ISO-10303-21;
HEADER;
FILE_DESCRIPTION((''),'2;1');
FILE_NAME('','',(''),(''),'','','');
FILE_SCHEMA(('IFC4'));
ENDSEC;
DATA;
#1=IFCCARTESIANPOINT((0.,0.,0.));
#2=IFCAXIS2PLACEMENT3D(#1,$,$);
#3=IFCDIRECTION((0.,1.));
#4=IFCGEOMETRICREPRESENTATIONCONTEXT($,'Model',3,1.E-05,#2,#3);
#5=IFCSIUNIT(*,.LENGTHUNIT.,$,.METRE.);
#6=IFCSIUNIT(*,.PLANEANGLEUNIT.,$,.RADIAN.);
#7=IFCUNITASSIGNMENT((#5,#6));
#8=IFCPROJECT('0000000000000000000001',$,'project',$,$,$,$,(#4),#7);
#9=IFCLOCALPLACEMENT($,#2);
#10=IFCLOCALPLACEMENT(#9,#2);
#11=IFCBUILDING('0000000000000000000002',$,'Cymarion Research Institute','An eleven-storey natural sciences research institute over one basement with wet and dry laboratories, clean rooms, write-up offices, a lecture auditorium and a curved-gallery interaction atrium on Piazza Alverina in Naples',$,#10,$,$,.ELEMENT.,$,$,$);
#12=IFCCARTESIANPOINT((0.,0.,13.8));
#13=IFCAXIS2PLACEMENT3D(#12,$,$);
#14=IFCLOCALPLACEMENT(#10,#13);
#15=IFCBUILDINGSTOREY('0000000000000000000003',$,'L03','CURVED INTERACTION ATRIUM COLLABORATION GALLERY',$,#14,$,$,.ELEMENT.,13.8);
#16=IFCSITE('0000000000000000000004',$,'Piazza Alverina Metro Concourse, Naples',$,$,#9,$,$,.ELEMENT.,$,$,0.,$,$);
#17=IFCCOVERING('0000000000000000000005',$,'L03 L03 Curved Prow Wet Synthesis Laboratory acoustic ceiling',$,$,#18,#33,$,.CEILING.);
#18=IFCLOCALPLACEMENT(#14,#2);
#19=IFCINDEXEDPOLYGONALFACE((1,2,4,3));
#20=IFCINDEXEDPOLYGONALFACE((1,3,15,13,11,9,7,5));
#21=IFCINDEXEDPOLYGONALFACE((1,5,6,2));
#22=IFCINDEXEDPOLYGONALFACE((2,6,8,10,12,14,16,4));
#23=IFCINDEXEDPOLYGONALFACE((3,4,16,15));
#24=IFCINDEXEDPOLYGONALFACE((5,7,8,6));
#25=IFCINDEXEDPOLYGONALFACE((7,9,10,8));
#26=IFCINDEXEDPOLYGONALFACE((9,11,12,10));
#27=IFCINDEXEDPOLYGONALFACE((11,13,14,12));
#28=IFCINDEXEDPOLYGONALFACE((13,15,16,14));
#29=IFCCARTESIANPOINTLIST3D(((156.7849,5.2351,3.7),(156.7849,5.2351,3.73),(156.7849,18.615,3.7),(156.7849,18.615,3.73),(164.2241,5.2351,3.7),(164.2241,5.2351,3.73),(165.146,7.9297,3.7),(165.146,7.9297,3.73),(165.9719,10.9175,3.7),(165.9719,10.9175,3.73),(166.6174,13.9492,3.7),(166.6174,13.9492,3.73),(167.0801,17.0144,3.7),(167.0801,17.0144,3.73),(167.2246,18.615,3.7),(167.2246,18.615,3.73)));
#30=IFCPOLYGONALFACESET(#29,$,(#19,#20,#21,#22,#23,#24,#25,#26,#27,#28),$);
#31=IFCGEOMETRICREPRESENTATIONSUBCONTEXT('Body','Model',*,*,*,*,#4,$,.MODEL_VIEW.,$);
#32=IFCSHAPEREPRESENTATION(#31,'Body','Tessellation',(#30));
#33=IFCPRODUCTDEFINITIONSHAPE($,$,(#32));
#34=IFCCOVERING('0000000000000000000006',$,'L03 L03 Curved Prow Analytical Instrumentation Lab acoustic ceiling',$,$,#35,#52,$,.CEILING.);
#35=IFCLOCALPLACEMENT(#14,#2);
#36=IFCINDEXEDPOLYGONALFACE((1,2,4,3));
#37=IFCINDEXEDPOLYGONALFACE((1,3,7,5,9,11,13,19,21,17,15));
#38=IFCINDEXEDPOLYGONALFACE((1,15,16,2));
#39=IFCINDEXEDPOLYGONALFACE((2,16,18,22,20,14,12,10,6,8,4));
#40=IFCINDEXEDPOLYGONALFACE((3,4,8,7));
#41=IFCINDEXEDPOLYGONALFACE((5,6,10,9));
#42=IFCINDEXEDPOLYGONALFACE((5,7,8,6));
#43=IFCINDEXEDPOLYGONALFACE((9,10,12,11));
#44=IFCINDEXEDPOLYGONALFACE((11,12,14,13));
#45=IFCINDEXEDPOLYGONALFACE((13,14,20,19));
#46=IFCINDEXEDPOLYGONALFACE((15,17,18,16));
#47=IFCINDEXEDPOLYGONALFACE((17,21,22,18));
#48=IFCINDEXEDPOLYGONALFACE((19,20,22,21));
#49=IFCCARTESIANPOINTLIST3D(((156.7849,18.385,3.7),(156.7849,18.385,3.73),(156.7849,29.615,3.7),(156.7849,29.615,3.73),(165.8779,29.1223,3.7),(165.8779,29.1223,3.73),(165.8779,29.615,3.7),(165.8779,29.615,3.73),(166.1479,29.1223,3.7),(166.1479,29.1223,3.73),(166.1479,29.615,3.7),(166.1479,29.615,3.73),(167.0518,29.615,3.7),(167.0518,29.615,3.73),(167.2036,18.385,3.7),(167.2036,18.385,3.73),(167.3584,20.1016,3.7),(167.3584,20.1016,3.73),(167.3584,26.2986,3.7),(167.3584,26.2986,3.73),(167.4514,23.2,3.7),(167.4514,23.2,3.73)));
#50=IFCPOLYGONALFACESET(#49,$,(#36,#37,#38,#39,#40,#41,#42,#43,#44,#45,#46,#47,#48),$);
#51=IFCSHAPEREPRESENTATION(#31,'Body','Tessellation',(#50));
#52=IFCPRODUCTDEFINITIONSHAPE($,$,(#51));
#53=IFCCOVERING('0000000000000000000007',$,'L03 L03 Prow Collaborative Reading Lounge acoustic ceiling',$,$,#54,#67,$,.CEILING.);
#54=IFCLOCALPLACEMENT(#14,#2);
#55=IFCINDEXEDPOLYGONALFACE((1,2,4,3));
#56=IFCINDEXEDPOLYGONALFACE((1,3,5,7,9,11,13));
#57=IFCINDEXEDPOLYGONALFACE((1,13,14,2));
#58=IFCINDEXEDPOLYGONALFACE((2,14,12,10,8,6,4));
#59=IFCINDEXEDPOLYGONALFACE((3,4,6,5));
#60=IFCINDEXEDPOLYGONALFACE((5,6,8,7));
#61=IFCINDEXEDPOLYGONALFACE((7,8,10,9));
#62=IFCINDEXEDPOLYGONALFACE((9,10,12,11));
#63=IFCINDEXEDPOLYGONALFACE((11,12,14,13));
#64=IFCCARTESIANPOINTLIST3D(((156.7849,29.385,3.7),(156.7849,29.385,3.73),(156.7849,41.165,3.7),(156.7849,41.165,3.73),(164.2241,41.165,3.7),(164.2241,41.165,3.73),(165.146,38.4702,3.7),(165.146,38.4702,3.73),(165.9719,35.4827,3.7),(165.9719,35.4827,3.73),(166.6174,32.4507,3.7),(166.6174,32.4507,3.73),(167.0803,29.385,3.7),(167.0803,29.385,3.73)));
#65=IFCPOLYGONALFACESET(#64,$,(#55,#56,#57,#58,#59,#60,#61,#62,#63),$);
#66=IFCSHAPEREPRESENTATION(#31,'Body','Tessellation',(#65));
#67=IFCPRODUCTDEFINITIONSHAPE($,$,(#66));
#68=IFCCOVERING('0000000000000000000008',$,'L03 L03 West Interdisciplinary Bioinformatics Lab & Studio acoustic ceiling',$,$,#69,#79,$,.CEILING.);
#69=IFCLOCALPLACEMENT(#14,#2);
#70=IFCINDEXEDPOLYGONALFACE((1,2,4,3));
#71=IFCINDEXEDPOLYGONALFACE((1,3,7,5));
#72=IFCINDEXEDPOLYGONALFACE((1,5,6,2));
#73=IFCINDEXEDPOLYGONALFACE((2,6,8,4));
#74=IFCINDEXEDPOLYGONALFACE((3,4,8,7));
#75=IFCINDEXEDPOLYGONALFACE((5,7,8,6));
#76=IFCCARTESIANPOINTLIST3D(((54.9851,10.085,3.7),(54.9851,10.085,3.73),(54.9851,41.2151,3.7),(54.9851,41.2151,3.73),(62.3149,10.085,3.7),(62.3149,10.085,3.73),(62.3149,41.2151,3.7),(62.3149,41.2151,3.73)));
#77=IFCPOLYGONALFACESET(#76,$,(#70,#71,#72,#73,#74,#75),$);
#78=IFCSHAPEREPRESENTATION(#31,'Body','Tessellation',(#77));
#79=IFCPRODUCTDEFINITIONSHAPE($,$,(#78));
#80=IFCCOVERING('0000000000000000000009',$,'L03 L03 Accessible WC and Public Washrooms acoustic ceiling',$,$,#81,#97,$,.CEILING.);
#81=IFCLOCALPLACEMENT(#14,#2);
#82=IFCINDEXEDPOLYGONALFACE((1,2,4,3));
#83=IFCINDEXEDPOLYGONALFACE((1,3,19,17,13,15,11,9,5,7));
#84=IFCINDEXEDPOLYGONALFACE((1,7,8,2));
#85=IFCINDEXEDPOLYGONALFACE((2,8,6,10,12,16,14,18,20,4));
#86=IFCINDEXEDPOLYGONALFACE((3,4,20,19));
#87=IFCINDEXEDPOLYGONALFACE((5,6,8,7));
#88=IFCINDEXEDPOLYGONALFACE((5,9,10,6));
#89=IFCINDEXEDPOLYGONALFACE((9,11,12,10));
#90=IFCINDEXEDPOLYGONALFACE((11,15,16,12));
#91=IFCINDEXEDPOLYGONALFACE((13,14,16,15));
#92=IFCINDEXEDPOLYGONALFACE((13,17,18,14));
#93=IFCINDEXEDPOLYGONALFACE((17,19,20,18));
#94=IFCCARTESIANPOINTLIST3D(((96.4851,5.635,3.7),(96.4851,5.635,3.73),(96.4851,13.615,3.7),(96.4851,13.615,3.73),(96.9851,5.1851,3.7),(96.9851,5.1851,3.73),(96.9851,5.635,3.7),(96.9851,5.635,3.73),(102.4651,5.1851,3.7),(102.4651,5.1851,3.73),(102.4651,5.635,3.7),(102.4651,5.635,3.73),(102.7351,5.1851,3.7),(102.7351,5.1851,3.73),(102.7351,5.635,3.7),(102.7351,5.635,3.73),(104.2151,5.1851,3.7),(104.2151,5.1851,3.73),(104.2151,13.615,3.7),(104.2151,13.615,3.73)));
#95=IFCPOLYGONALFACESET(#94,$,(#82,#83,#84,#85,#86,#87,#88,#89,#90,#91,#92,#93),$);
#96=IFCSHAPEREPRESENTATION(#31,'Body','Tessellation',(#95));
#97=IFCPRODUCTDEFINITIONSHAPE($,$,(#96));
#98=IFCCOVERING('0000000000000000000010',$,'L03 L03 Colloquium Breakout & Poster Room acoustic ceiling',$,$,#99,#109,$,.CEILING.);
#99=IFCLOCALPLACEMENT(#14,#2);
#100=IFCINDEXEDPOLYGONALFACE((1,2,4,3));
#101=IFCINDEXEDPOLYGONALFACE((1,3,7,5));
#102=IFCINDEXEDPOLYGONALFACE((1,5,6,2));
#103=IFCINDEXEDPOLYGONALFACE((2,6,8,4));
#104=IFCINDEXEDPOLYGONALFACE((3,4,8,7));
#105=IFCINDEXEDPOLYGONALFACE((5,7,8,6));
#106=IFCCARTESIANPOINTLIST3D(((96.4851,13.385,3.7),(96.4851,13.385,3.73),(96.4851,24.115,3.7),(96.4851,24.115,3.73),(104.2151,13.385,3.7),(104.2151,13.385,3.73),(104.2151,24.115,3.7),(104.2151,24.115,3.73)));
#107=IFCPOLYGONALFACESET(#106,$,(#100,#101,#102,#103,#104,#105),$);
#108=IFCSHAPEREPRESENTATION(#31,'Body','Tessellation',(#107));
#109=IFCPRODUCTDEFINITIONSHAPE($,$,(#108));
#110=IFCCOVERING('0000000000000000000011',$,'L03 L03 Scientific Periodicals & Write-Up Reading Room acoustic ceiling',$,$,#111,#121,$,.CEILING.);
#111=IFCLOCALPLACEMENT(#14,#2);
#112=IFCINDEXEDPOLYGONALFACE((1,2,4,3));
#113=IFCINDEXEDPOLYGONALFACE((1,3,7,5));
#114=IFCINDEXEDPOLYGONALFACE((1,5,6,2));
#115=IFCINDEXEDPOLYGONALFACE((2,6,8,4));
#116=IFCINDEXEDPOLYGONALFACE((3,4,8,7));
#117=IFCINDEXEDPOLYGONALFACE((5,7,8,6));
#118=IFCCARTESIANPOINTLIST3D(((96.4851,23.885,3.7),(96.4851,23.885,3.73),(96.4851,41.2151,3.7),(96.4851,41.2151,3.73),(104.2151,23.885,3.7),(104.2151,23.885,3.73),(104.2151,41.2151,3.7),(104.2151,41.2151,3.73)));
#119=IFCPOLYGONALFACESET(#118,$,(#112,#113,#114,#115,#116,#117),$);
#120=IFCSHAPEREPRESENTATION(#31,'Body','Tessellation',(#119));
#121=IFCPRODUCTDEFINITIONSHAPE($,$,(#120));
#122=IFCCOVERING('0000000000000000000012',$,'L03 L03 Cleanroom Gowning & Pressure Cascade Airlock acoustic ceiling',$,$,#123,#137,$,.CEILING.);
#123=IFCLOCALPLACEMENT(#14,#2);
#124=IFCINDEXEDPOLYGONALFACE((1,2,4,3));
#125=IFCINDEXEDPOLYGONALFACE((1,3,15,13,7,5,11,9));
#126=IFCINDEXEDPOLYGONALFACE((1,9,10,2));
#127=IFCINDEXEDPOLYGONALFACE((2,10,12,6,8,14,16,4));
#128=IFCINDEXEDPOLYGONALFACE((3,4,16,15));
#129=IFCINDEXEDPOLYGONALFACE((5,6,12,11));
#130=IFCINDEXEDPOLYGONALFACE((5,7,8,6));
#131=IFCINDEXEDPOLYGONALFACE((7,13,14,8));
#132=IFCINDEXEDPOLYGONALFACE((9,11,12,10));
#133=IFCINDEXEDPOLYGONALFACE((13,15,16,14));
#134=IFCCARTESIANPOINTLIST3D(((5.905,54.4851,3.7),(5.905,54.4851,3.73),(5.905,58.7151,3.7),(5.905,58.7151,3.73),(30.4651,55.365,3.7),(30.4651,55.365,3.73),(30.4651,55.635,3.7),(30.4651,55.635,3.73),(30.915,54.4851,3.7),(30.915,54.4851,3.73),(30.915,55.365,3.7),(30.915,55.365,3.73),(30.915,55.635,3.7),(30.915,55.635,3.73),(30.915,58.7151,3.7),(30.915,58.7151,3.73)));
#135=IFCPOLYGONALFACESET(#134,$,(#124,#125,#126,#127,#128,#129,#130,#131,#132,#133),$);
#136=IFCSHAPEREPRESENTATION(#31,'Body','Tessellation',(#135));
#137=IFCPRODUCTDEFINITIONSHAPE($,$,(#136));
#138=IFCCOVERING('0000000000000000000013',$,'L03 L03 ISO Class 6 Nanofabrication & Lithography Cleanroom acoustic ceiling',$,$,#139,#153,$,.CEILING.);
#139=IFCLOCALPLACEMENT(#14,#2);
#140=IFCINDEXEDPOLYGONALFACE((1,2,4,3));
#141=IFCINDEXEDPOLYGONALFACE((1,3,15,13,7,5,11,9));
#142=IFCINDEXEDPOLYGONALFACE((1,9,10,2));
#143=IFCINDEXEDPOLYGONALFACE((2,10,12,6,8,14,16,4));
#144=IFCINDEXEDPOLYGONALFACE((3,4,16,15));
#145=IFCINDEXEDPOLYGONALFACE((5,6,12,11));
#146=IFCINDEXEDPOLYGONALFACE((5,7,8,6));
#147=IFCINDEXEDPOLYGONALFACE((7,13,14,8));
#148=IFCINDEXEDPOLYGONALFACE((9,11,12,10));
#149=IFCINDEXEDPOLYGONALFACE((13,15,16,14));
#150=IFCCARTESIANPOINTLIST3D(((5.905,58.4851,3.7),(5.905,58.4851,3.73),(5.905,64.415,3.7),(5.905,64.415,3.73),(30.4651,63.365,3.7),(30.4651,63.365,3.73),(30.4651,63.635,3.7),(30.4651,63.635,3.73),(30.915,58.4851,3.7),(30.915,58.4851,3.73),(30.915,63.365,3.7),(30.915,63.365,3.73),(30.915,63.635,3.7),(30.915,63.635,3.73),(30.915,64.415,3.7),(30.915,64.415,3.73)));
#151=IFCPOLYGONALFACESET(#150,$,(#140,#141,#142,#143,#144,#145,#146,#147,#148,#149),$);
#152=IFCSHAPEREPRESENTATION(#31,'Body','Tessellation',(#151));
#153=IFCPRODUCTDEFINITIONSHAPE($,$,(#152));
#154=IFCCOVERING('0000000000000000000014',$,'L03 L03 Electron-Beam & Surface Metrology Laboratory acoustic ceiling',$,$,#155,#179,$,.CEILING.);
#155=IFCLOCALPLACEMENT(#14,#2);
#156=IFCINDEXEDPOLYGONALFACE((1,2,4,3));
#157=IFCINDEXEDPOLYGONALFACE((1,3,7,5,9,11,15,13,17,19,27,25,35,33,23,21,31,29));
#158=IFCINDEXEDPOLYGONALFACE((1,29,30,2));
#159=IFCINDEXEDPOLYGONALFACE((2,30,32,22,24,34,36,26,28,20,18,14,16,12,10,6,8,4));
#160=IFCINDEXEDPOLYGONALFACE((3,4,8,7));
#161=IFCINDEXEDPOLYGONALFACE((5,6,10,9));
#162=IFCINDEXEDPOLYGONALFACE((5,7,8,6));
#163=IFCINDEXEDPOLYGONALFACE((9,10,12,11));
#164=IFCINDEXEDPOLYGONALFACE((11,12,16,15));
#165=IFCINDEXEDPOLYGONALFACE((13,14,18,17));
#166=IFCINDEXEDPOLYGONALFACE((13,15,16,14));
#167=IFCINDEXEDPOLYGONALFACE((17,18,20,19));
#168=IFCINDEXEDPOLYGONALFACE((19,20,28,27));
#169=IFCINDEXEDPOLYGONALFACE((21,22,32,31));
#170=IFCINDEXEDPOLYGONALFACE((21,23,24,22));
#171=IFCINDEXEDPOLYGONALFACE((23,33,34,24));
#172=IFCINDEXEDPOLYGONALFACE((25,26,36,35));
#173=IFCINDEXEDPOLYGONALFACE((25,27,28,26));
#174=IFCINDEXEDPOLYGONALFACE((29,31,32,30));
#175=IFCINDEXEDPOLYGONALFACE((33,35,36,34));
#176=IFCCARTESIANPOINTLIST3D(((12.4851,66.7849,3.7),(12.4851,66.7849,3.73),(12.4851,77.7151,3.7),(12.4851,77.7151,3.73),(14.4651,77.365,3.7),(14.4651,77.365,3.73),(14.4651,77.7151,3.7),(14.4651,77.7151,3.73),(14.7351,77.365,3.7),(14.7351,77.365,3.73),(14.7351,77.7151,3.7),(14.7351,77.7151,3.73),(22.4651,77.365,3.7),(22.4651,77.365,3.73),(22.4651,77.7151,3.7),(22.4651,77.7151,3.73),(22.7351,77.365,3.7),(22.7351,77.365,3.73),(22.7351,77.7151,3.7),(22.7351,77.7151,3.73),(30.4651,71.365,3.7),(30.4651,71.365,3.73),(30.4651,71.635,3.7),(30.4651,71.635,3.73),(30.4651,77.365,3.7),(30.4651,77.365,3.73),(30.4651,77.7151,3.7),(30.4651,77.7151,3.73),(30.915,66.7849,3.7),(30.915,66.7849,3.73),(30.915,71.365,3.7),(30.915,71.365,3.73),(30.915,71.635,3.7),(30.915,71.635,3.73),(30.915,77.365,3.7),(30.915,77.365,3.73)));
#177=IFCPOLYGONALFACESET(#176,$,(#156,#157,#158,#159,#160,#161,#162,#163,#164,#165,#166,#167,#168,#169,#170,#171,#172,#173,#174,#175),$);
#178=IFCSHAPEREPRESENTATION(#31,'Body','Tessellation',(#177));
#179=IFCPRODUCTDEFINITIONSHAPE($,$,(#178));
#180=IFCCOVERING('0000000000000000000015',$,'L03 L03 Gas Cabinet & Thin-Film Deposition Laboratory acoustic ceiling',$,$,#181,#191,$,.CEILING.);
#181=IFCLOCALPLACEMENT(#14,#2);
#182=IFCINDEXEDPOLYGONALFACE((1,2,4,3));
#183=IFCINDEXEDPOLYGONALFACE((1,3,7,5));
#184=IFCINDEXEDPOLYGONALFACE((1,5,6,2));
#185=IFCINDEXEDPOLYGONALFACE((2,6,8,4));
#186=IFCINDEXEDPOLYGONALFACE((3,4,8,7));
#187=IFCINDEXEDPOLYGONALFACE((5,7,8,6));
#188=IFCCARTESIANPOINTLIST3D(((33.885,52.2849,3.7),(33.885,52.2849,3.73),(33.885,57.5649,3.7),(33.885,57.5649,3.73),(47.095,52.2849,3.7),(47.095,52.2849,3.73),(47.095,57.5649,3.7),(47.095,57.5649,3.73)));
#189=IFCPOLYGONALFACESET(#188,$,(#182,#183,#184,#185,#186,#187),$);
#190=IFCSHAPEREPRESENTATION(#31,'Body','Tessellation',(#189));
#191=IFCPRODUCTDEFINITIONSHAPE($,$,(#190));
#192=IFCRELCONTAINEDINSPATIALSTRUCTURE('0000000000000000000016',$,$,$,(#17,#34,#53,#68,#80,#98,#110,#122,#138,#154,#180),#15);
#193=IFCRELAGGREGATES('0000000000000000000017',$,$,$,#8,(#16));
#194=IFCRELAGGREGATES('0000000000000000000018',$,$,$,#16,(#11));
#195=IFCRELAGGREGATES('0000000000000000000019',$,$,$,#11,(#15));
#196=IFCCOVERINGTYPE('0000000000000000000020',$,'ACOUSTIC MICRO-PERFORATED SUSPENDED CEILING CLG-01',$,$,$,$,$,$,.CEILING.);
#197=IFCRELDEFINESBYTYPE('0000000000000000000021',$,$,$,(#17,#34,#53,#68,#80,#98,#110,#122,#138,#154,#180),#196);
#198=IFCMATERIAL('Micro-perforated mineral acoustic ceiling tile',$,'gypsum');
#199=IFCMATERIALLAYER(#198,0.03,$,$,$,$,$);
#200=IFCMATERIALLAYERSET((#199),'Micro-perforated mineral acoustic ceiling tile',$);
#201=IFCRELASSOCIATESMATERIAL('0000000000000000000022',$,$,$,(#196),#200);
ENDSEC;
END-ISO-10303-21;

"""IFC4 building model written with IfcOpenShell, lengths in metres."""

from ifc_helpers import new_model, si_unit, direction, frame, origin, place, context, subcontext, project, spatial, polyline, outline, extrude, material, layer, layer_set, type_object, element, save


model = new_model("IFC4")

# Units and contexts
model_context = context("Model", 3, precision=1e-05, world=origin(), true_north=direction((0.0, 1.0)))
body_context = subcontext(model_context, "Body", "Model", "MODEL_VIEW")
ifc_project = project(units=[si_unit("LENGTHUNIT", "METRE"), si_unit("PLANEANGLEUNIT", "RADIAN")], contexts=[model_context])

# Site, building, storey
site_placement = place(None, origin())
site = spatial("IfcSite", under=ifc_project, at=site_placement, Name="Piazza Alverina Metro Concourse, Naples", CompositionType="ELEMENT", RefElevation=0.0)
building_placement = place(site_placement, origin())
building = spatial("IfcBuilding", under=site, at=building_placement, Name="Cymarion Research Institute", Description="An eleven-storey natural sciences research institute over one basement with wet and dry laboratories, clean rooms, write-up offices, a lecture auditorium and a curved-gallery interaction atrium on Piazza Alverina in Naples", CompositionType="ELEMENT")
storey_placement = place(building_placement, frame((0.0, 0.0, 13.8)))
storey = spatial("IfcBuildingStorey", under=building, at=storey_placement, Name="L03", Description="CURVED INTERACTION ATRIUM COLLABORATION GALLERY", CompositionType="ELEMENT", Elevation=13.8)

# Coverings
ifc_material_1 = material(Name="Micro-perforated mineral acoustic ceiling tile", Category="gypsum")
ifc_layer_1 = layer(ifc_material_1, 0.03)
ifc_layer_set_1 = layer_set([ifc_layer_1], Name="Micro-perforated mineral acoustic ceiling tile")
covering_type_1 = type_object("IfcCoveringType", Name="ACOUSTIC MICRO-PERFORATED SUSPENDED CEILING CLG-01", PredefinedType="CEILING", material=ifc_layer_set_1)
covering_1_placement = place(storey_placement, frame((0.0, 0.0, 3.7)))
element("IfcCovering", 1, at=covering_1_placement, inside=storey, type_object=covering_type_1, Name="L03 L03 Curved Prow Wet Synthesis Laboratory acoustic ceiling", PredefinedType="CEILING", context=body_context, shape_type="SweptSolid", body=[
    extrude(outline(polyline([(167.2246, 18.615), (167.0801, 17.0144), (166.6174, 13.9492), (165.9719, 10.9175), (165.146, 7.9297), (164.2241, 5.2351), (156.7849, 5.2351), (156.7849, 18.615), (167.2246, 18.615)])), origin(), (0.0, 0.0, 1.0), 0.03),
])
covering_2_placement = place(storey_placement, frame((0.0, 0.0, 3.7)))
element("IfcCovering", 2, at=covering_2_placement, inside=storey, type_object=covering_type_1, Name="L03 L03 Curved Prow Analytical Instrumentation Lab acoustic ceiling", PredefinedType="CEILING", context=body_context, shape_type="SweptSolid", body=[
    extrude(outline(polyline([(165.8779, 29.615), (165.8779, 29.1223), (166.1479, 29.1223), (166.1479, 29.615), (167.0518, 29.615), (167.3584, 26.2986), (167.4514, 23.2), (167.3584, 20.1016), (167.2036, 18.385), (156.7849, 18.385), (156.7849, 29.615), (165.8779, 29.615)])), origin(), (0.0, 0.0, 1.0), 0.03),
])
covering_3_placement = place(storey_placement, frame((0.0, 0.0, 3.7)))
element("IfcCovering", 3, at=covering_3_placement, inside=storey, type_object=covering_type_1, Name="L03 L03 Prow Collaborative Reading Lounge acoustic ceiling", PredefinedType="CEILING", context=body_context, shape_type="SweptSolid", body=[
    extrude(outline(polyline([(164.2241, 41.165), (165.146, 38.4702), (165.9719, 35.4827), (166.6174, 32.4507), (167.0803, 29.385), (156.7849, 29.385), (156.7849, 41.165), (164.2241, 41.165)])), origin(), (0.0, 0.0, 1.0), 0.03),
])
covering_4_placement = place(storey_placement, frame((0.0, 0.0, 3.7)))
element("IfcCovering", 4, at=covering_4_placement, inside=storey, type_object=covering_type_1, Name="L03 L03 West Interdisciplinary Bioinformatics Lab & Studio acoustic ceiling", PredefinedType="CEILING", context=body_context, shape_type="SweptSolid", body=[
    extrude(outline(polyline([(62.3149, 41.2151), (62.3149, 10.085), (54.9851, 10.085), (54.9851, 41.2151), (62.3149, 41.2151)])), origin(), (0.0, 0.0, 1.0), 0.03),
])
covering_5_placement = place(storey_placement, frame((0.0, 0.0, 3.7)))
element("IfcCovering", 5, at=covering_5_placement, inside=storey, type_object=covering_type_1, Name="L03 L03 Accessible WC and Public Washrooms acoustic ceiling", PredefinedType="CEILING", context=body_context, shape_type="SweptSolid", body=[
    extrude(outline(polyline([(104.2151, 13.615), (104.2151, 5.1851), (102.7351, 5.1851), (102.7351, 5.635), (102.4651, 5.635), (102.4651, 5.1851), (96.9851, 5.1851), (96.9851, 5.635), (96.4851, 5.635), (96.4851, 13.615), (104.2151, 13.615)])), origin(), (0.0, 0.0, 1.0), 0.03),
])
covering_6_placement = place(storey_placement, frame((0.0, 0.0, 3.7)))
element("IfcCovering", 6, at=covering_6_placement, inside=storey, type_object=covering_type_1, Name="L03 L03 Colloquium Breakout & Poster Room acoustic ceiling", PredefinedType="CEILING", context=body_context, shape_type="SweptSolid", body=[
    extrude(outline(polyline([(104.2151, 24.115), (104.2151, 13.385), (96.4851, 13.385), (96.4851, 24.115), (104.2151, 24.115)])), origin(), (0.0, 0.0, 1.0), 0.03),
])
covering_7_placement = place(storey_placement, frame((0.0, 0.0, 3.7)))
element("IfcCovering", 7, at=covering_7_placement, inside=storey, type_object=covering_type_1, Name="L03 L03 Scientific Periodicals & Write-Up Reading Room acoustic ceiling", PredefinedType="CEILING", context=body_context, shape_type="SweptSolid", body=[
    extrude(outline(polyline([(104.2151, 41.2151), (104.2151, 23.885), (96.4851, 23.885), (96.4851, 41.2151), (104.2151, 41.2151)])), origin(), (0.0, 0.0, 1.0), 0.03),
])
covering_8_placement = place(storey_placement, frame((0.0, 0.0, 3.7)))
element("IfcCovering", 8, at=covering_8_placement, inside=storey, type_object=covering_type_1, Name="L03 L03 Cleanroom Gowning & Pressure Cascade Airlock acoustic ceiling", PredefinedType="CEILING", context=body_context, shape_type="SweptSolid", body=[
    extrude(outline(polyline([(30.4651, 55.635), (30.4651, 55.365), (30.915, 55.365), (30.915, 54.4851), (5.905, 54.4851), (5.905, 58.7151), (30.915, 58.7151), (30.915, 55.635), (30.4651, 55.635)])), origin(), (0.0, 0.0, 1.0), 0.03),
])
covering_9_placement = place(storey_placement, frame((0.0, 0.0, 3.7)))
element("IfcCovering", 9, at=covering_9_placement, inside=storey, type_object=covering_type_1, Name="L03 L03 ISO Class 6 Nanofabrication & Lithography Cleanroom acoustic ceiling", PredefinedType="CEILING", context=body_context, shape_type="SweptSolid", body=[
    extrude(outline(polyline([(30.4651, 63.635), (30.4651, 63.365), (30.915, 63.365), (30.915, 58.4851), (5.905, 58.4851), (5.905, 64.415), (30.915, 64.415), (30.915, 63.635), (30.4651, 63.635)])), origin(), (0.0, 0.0, 1.0), 0.03),
])
covering_10_placement = place(storey_placement, frame((0.0, 0.0, 3.7)))
element("IfcCovering", 10, at=covering_10_placement, inside=storey, type_object=covering_type_1, Name="L03 L03 Electron-Beam & Surface Metrology Laboratory acoustic ceiling", PredefinedType="CEILING", context=body_context, shape_type="SweptSolid", body=[
    extrude(outline(polyline([(14.4651, 77.7151), (14.4651, 77.365), (14.7351, 77.365), (14.7351, 77.7151), (22.4651, 77.7151), (22.4651, 77.365), (22.7351, 77.365), (22.7351, 77.7151), (30.4651, 77.7151), (30.4651, 77.365), (30.915, 77.365), (30.915, 71.635), (30.4651, 71.635), (30.4651, 71.365), (30.915, 71.365), (30.915, 66.7849), (12.4851, 66.7849), (12.4851, 77.7151), (14.4651, 77.7151)])), origin(), (0.0, 0.0, 1.0), 0.03),
])
covering_11_placement = place(storey_placement, frame((0.0, 0.0, 3.7)))
element("IfcCovering", 11, at=covering_11_placement, inside=storey, type_object=covering_type_1, Name="L03 L03 Gas Cabinet & Thin-Film Deposition Laboratory acoustic ceiling", PredefinedType="CEILING", context=body_context, shape_type="SweptSolid", body=[
    extrude(outline(polyline([(47.095, 57.5649), (47.095, 52.2849), (33.885, 52.2849), (33.885, 57.5649), (47.095, 57.5649)])), origin(), (0.0, 0.0, 1.0), 0.03),
])

save(model, "model.ifc")
